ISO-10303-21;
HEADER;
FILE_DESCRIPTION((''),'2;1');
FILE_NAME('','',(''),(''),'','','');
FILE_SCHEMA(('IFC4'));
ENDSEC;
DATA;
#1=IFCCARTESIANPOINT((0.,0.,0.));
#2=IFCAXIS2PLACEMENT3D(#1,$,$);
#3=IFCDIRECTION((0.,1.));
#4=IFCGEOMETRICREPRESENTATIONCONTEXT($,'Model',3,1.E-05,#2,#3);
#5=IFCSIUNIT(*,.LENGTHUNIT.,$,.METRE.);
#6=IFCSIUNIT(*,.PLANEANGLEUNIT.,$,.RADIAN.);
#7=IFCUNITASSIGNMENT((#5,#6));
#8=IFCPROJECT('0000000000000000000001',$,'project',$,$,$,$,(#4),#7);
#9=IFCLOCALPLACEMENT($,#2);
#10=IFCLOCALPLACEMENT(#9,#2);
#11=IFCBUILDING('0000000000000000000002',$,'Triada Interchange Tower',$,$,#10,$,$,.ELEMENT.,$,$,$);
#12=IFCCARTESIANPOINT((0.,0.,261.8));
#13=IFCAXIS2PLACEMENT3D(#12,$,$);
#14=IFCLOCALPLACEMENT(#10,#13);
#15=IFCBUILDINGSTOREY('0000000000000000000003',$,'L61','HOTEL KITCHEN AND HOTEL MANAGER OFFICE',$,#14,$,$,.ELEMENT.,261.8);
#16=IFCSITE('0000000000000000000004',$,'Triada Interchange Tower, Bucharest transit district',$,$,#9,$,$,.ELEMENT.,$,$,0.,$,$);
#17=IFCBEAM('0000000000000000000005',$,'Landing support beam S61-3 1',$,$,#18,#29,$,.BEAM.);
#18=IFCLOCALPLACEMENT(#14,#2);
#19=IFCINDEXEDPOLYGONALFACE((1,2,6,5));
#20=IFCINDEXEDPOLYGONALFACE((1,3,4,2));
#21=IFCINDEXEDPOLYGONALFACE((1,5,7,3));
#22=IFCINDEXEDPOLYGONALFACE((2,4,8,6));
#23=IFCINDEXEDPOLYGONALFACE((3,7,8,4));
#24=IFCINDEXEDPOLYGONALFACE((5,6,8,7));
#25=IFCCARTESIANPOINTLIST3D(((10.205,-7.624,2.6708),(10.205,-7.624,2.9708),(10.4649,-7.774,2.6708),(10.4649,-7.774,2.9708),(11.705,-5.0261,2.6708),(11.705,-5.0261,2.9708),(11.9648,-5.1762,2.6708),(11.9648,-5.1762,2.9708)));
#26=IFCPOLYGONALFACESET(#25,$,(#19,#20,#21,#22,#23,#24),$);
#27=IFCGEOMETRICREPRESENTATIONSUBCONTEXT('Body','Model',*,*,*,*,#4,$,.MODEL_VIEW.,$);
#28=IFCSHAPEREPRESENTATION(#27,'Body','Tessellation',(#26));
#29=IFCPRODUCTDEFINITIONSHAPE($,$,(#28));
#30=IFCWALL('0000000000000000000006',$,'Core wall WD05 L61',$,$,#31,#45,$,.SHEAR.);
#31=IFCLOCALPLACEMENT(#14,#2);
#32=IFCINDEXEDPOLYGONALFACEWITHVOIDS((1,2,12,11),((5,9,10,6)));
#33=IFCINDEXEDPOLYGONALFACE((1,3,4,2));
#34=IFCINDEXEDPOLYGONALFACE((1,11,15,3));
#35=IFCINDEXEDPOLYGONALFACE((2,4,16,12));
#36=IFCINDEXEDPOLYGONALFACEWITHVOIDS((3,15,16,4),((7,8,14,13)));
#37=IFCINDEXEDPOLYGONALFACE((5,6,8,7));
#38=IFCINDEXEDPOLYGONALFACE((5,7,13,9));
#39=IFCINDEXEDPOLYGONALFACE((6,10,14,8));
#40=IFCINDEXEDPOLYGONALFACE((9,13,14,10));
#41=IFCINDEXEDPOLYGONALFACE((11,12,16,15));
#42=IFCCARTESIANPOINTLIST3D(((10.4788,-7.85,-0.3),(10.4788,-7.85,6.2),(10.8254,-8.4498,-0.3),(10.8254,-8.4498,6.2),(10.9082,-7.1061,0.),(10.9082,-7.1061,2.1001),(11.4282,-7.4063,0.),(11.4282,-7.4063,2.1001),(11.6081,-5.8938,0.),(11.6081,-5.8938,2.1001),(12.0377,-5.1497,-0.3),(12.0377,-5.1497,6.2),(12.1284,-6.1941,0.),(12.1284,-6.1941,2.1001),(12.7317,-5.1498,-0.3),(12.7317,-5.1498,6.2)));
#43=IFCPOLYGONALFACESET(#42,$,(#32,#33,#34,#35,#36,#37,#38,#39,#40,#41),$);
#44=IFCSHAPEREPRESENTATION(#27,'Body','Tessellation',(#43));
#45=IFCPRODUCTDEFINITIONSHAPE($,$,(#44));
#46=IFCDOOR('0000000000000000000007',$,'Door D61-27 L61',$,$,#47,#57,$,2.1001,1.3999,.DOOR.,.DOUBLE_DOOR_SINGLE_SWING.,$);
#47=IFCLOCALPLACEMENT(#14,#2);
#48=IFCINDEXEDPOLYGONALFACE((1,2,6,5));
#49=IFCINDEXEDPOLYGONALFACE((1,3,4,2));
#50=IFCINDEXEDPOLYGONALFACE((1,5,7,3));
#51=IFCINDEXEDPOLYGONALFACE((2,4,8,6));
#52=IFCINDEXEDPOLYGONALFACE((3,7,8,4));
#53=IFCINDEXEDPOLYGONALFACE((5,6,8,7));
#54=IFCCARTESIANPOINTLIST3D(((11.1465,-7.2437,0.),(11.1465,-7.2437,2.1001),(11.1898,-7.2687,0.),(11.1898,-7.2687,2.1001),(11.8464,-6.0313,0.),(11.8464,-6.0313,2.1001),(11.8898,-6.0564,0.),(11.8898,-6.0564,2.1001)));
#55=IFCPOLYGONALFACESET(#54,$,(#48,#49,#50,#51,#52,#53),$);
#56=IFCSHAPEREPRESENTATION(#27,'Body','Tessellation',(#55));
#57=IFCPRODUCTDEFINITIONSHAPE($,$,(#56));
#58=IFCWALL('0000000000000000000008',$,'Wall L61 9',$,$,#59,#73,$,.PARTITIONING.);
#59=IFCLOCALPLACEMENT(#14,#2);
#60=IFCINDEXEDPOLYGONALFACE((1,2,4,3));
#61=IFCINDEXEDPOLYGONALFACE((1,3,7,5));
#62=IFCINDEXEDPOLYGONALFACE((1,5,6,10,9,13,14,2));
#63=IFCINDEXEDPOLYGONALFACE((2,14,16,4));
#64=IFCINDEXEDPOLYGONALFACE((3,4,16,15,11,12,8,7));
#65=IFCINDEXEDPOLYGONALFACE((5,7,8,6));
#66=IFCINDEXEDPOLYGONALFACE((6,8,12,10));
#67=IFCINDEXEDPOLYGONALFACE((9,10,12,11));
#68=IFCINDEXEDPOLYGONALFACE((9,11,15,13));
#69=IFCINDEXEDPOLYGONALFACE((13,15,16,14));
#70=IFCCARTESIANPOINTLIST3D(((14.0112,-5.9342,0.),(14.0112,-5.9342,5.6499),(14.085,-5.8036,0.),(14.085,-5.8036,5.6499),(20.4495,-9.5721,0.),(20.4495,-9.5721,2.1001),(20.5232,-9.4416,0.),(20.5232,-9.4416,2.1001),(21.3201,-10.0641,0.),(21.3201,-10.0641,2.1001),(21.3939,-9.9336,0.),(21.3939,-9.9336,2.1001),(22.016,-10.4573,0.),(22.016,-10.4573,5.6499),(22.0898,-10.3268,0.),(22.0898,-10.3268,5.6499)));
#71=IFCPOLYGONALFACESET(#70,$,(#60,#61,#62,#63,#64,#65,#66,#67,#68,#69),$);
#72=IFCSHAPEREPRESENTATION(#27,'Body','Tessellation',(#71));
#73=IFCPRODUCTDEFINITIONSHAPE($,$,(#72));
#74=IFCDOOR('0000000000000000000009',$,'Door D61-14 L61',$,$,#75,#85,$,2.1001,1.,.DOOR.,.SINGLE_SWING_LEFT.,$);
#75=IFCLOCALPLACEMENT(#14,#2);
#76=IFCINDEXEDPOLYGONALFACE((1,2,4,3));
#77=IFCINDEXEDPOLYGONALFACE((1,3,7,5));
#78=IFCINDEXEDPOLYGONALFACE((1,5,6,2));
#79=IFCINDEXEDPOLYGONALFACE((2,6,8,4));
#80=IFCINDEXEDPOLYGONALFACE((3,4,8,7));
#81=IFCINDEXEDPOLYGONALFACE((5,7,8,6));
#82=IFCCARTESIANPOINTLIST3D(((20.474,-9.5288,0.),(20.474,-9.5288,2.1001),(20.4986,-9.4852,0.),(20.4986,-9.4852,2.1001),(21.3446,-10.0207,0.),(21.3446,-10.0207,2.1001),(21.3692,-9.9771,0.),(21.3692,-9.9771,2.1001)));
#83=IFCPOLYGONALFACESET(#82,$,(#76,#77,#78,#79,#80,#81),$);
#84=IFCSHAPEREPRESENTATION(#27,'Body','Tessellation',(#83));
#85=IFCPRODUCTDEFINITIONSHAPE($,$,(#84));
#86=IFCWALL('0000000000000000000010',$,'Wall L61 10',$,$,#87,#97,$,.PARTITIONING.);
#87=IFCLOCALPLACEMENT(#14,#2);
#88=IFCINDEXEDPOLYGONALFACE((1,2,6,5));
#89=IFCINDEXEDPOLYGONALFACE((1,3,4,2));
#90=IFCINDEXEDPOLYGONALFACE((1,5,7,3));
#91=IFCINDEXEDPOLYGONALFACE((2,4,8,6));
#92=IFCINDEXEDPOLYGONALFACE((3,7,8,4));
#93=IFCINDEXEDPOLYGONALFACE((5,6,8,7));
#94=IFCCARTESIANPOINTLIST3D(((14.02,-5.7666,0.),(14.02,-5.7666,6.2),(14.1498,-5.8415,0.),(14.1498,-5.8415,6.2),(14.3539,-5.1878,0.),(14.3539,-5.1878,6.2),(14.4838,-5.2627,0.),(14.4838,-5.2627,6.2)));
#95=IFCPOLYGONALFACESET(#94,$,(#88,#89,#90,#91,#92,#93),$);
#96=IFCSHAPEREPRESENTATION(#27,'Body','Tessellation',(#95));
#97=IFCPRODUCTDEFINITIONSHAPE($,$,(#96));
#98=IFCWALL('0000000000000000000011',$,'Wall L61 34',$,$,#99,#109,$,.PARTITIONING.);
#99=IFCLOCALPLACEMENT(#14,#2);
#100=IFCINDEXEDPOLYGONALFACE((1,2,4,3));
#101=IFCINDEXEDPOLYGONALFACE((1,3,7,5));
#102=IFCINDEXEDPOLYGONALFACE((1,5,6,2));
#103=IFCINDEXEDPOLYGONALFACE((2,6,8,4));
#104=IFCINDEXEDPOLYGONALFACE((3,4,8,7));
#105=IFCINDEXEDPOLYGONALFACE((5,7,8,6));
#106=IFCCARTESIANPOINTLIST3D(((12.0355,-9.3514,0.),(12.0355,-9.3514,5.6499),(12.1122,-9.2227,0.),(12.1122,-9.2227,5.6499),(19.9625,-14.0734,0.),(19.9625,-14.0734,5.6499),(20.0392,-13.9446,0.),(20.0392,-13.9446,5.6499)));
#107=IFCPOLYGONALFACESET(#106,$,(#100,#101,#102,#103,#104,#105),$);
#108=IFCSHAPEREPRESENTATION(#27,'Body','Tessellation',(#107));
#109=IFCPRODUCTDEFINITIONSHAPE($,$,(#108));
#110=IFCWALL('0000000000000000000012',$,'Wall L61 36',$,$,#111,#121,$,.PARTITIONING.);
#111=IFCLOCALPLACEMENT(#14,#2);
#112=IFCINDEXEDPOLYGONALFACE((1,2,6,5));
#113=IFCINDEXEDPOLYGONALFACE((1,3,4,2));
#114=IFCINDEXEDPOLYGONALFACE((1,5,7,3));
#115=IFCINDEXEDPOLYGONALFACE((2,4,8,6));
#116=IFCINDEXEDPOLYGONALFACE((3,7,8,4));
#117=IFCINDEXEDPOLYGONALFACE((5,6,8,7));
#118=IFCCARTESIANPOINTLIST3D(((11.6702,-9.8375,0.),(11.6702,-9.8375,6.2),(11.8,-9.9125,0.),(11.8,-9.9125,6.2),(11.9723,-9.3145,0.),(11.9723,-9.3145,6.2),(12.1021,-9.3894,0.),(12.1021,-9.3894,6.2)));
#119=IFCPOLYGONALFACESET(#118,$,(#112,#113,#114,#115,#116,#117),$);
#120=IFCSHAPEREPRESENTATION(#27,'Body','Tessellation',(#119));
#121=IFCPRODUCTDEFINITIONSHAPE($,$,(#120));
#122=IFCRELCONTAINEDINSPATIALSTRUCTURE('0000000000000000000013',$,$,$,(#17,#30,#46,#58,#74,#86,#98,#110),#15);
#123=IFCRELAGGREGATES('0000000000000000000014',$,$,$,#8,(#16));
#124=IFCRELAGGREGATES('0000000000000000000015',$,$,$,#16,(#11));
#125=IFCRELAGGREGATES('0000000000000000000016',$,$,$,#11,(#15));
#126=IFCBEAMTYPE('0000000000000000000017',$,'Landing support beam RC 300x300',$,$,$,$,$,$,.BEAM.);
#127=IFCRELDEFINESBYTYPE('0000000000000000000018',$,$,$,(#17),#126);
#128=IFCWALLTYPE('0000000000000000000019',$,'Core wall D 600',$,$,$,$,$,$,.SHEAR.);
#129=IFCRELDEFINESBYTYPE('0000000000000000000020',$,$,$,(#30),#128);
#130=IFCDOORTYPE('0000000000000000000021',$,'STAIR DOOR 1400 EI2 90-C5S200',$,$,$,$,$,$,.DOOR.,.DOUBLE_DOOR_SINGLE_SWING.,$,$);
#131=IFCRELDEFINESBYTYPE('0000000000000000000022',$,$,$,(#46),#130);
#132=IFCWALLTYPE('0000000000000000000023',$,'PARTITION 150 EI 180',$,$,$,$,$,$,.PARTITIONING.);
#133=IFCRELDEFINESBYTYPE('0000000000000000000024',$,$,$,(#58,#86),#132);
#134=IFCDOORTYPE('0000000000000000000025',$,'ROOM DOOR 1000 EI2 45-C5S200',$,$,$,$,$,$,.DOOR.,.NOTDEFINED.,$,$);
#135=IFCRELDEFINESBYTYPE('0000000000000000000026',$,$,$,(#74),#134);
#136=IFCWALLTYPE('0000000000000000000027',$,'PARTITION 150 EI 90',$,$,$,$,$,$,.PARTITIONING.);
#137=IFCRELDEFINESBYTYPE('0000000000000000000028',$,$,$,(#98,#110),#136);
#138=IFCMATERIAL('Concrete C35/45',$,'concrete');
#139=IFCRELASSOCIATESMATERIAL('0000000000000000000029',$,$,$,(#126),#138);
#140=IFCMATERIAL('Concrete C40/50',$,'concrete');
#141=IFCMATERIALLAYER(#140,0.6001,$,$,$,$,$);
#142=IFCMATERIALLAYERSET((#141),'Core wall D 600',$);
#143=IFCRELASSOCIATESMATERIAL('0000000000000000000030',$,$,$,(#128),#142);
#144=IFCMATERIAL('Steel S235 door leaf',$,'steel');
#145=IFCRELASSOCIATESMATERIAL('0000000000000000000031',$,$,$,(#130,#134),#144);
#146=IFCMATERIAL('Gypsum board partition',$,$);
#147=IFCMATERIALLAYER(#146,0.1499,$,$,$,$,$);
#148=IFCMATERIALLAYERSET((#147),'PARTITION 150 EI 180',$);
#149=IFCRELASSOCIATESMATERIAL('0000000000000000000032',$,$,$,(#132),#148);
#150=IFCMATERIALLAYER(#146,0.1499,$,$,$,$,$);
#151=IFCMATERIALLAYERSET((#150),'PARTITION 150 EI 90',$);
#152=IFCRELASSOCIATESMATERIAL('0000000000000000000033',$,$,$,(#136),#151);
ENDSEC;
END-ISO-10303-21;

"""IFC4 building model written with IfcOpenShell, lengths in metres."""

from ifc_helpers import new_model, si_unit, direction, frame, frame_2d, origin, origin_2d, place, context, subcontext, project, spatial, polyline, rectangle, outline, extrude, material, layer, layer_set, material_profile, profile_set, type_object, element, fill, save


model = new_model("IFC4")

# Units and contexts
model_context = context("Model", 3, precision=1e-05, world=origin(), true_north=direction((0.0, 1.0)))
body_context = subcontext(model_context, "Body", "Model", "MODEL_VIEW")
ifc_project = project(units=[si_unit("LENGTHUNIT", "METRE"), si_unit("PLANEANGLEUNIT", "RADIAN")], contexts=[model_context])

# Site, building, storey
site_placement = place(None, origin())
site = spatial("IfcSite", under=ifc_project, at=site_placement, Name="Triada Interchange Tower, Bucharest transit district", CompositionType="ELEMENT", RefElevation=0.0)
building_placement = place(site_placement, origin())
building = spatial("IfcBuilding", under=site, at=building_placement, Name="Triada Interchange Tower", CompositionType="ELEMENT")
storey_placement = place(building_placement, frame((0.0, 0.0, 261.8)))
storey = spatial("IfcBuildingStorey", under=building, at=storey_placement, Name="L61", Description="HOTEL KITCHEN AND HOTEL MANAGER OFFICE", CompositionType="ELEMENT", Elevation=261.8)

# Beam
ifc_material_1 = material(Name="Concrete C35/45", Category="concrete")
ifc_material_profile = material_profile(ifc_material_1, rectangle(XDim=0.3, YDim=0.3, at=origin_2d()), Name="RC 300x300")
ifc_profile_set = profile_set([ifc_material_profile], Name="Concrete C35/45")
beam_type = type_object("IfcBeamType", Name="Landing support beam RC 300x300", PredefinedType="BEAM", material=ifc_profile_set)
beam_placement = place(storey_placement, frame((10.335, -7.699, 2.8208), z_axis=(0.500025, 0.866011, 0.0), x_axis=(-0.866011, 0.500025, 0.0)))
element("IfcBeam", 1, at=beam_placement, inside=storey, type_object=beam_type, Name="Landing support beam S61-3 1", PredefinedType="BEAM", context=body_context, shape_type="SweptSolid", body=[
    extrude(rectangle(XDim=0.3, YDim=0.3, at=origin_2d()), origin(), (0.0, 0.0, 1.0), 2.9998),
])

# Wall, opening, door
ifc_material_2 = material(Name="Concrete C40/50", Category="concrete")
ifc_layer_1 = layer(ifc_material_2, 0.6001)
ifc_layer_set_1 = layer_set([ifc_layer_1], Name="Core wall D 600")
wall_type_1 = type_object("IfcWallType", Name="Core wall D 600", PredefinedType="SHEAR", material=ifc_layer_set_1)
wall_1_placement = place(storey_placement, frame((10.6521, -8.1499, -0.3), z_axis=(0.0, 0.0, 1.0), x_axis=(0.499975, 0.86604, 0.0)))
wall_1 = element("IfcWall", 2, at=wall_1_placement, inside=storey, type_object=wall_type_1, Name="Core wall WD05 L61", PredefinedType="SHEAR", context=body_context, shape_type="SweptSolid", body=[
    extrude(outline(polyline([(-0.1731, -0.3), (1.7324, -0.3005), (3.6379, -0.301), (3.291, 0.3), (1.7319, 0.3), (0.1731, 0.3), (-0.1731, -0.3)])), origin(), (0.0, 0.0, 1.0), 6.5),
])
opening_1_placement = place(wall_1_placement, frame((1.032, 0.0, 0.3)))
opening_1 = element("IfcOpeningElement", 3, at=opening_1_placement, cuts=wall_1, PredefinedType="OPENING", context=body_context, shape_type="SweptSolid", body=[
    extrude(rectangle(XDim=1.3999, YDim=2.1001, at=frame_2d((0.7, 1.05))), frame((0.0, 0.3101, 0.0), z_axis=(0.0, -1.0, 0.0), x_axis=(1.0, 0.0, 0.0)), (0.0, 0.0, 1.0), 0.6211),
])
ifc_material_3 = material(Name="Steel S235 door leaf", Category="steel")
door_type_1 = type_object("IfcDoorType", Name="STAIR DOOR 1400 EI2 90-C5S200", OperationType="DOUBLE_DOOR_SINGLE_SWING", PredefinedType="DOOR", material=ifc_material_3)
door_1_placement = place(opening_1_placement, origin())
door_1 = element("IfcDoor", 4, at=door_1_placement, inside=storey, type_object=door_type_1, Name="Door D61-27 L61", OperationType="DOUBLE_DOOR_SINGLE_SWING", OverallHeight=2.1001, OverallWidth=1.3999, PredefinedType="DOOR", context=body_context, shape_type="SweptSolid", body=[
    extrude(rectangle(XDim=1.3999, YDim=2.1001, at=frame_2d((0.7, 1.05))), frame((0.0, 0.0249, 0.0), z_axis=(0.0, -1.0, 0.0), x_axis=(1.0, 0.0, 0.0)), (0.0, 0.0, 1.0), 0.05),
])
fill(opening_1, door_1)

# Wall, opening, door
ifc_material_4 = material(Name="Gypsum board partition")
ifc_layer_2 = layer(ifc_material_4, 0.1499)
ifc_layer_set_2 = layer_set([ifc_layer_2], Name="PARTITION 150 EI 180")
wall_type_2 = type_object("IfcWallType", Name="PARTITION 150 EI 180", PredefinedType="PARTITIONING", material=ifc_layer_set_2)
wall_2_placement = place(storey_placement, frame((14.0481, -5.8689, 0.0), z_axis=(0.0, 0.0, 1.0), x_axis=(0.870624, -0.49195, 0.0)))
wall_2 = element("IfcWall", 5, at=wall_2_placement, inside=storey, type_object=wall_type_2, Name="Wall L61 9", PredefinedType="PARTITIONING", context=body_context, shape_type="SweptSolid", body=[
    extrude(rectangle(XDim=9.1943, YDim=0.1499, at=frame_2d((4.5972, 0.0))), origin(), (0.0, 0.0, 1.0), 5.6499),
])
opening_2_placement = place(wall_2_placement, frame((7.395, 0.0, 0.0)))
opening_2 = element("IfcOpeningElement", 6, at=opening_2_placement, cuts=wall_2, PredefinedType="OPENING", context=body_context, shape_type="SweptSolid", body=[
    extrude(rectangle(XDim=1.0, YDim=2.1001, at=frame_2d((0.5, 1.05))), frame((0.0, 0.085, 0.0), z_axis=(0.0, -1.0, 0.0), x_axis=(1.0, 0.0, 0.0)), (0.0, 0.0, 1.0), 0.1699),
])
door_type_2 = type_object("IfcDoorType", Name="ROOM DOOR 1000 EI2 45-C5S200", OperationType="NOTDEFINED", PredefinedType="DOOR", material=ifc_material_3)
door_2_placement = place(opening_2_placement, origin())
door_2 = element("IfcDoor", 7, at=door_2_placement, inside=storey, type_object=door_type_2, Name="Door D61-14 L61", OperationType="SINGLE_SWING_LEFT", OverallHeight=2.1001, OverallWidth=1.0, PredefinedType="DOOR", context=body_context, shape_type="SweptSolid", body=[
    extrude(rectangle(XDim=1.0, YDim=2.1001, at=frame_2d((0.5, 1.05))), frame((0.0, 0.0249, 0.0), z_axis=(0.0, -1.0, 0.0), x_axis=(1.0, 0.0, 0.0)), (0.0, 0.0, 1.0), 0.05),
])
fill(opening_2, door_2)

# Walls
wall_3_placement = place(storey_placement, frame((14.085, -5.804, 0.0), z_axis=(0.0, 0.0, 1.0), x_axis=(0.499754, 0.866167, 0.0)))
element("IfcWall", 8, at=wall_3_placement, inside=storey, type_object=wall_type_2, Name="Wall L61 10", PredefinedType="PARTITIONING", context=body_context, shape_type="SweptSolid", body=[
    extrude(rectangle(XDim=0.6682, YDim=0.1499, at=frame_2d((0.334, 0.0))), origin(), (0.0, 0.0, 1.0), 6.2),
])
ifc_layer_3 = layer(ifc_material_4, 0.1499)
ifc_layer_set_3 = layer_set([ifc_layer_3], Name="PARTITION 150 EI 90")
wall_type_3 = type_object("IfcWallType", Name="PARTITION 150 EI 90", PredefinedType="PARTITIONING", material=ifc_layer_set_3)
wall_4_placement = place(storey_placement, frame((12.074, -9.2871, 0.0), z_axis=(0.0, 0.0, 1.0), x_axis=(0.859128, -0.511762, 0.0)))
element("IfcWall", 9, at=wall_4_placement, inside=storey, type_object=wall_type_3, Name="Wall L61 34", PredefinedType="PARTITIONING", context=body_context, shape_type="SweptSolid", body=[
    extrude(rectangle(XDim=9.2268, YDim=0.1499, at=frame_2d((4.6133, 0.0))), origin(), (0.0, 0.0, 1.0), 5.6499),
])
wall_5_placement = place(storey_placement, frame((11.7351, -9.875, 0.0), z_axis=(0.0, 0.0, 1.0), x_axis=(0.500096, 0.86597, 0.0)))
element("IfcWall", 10, at=wall_5_placement, inside=storey, type_object=wall_type_3, Name="Wall L61 36", PredefinedType="PARTITIONING", context=body_context, shape_type="SweptSolid", body=[
    extrude(rectangle(XDim=0.604, YDim=0.1499, at=frame_2d((0.302, 0.0))), origin(), (0.0, 0.0, 1.0), 6.2),
])

save(model, "model.ifc")
